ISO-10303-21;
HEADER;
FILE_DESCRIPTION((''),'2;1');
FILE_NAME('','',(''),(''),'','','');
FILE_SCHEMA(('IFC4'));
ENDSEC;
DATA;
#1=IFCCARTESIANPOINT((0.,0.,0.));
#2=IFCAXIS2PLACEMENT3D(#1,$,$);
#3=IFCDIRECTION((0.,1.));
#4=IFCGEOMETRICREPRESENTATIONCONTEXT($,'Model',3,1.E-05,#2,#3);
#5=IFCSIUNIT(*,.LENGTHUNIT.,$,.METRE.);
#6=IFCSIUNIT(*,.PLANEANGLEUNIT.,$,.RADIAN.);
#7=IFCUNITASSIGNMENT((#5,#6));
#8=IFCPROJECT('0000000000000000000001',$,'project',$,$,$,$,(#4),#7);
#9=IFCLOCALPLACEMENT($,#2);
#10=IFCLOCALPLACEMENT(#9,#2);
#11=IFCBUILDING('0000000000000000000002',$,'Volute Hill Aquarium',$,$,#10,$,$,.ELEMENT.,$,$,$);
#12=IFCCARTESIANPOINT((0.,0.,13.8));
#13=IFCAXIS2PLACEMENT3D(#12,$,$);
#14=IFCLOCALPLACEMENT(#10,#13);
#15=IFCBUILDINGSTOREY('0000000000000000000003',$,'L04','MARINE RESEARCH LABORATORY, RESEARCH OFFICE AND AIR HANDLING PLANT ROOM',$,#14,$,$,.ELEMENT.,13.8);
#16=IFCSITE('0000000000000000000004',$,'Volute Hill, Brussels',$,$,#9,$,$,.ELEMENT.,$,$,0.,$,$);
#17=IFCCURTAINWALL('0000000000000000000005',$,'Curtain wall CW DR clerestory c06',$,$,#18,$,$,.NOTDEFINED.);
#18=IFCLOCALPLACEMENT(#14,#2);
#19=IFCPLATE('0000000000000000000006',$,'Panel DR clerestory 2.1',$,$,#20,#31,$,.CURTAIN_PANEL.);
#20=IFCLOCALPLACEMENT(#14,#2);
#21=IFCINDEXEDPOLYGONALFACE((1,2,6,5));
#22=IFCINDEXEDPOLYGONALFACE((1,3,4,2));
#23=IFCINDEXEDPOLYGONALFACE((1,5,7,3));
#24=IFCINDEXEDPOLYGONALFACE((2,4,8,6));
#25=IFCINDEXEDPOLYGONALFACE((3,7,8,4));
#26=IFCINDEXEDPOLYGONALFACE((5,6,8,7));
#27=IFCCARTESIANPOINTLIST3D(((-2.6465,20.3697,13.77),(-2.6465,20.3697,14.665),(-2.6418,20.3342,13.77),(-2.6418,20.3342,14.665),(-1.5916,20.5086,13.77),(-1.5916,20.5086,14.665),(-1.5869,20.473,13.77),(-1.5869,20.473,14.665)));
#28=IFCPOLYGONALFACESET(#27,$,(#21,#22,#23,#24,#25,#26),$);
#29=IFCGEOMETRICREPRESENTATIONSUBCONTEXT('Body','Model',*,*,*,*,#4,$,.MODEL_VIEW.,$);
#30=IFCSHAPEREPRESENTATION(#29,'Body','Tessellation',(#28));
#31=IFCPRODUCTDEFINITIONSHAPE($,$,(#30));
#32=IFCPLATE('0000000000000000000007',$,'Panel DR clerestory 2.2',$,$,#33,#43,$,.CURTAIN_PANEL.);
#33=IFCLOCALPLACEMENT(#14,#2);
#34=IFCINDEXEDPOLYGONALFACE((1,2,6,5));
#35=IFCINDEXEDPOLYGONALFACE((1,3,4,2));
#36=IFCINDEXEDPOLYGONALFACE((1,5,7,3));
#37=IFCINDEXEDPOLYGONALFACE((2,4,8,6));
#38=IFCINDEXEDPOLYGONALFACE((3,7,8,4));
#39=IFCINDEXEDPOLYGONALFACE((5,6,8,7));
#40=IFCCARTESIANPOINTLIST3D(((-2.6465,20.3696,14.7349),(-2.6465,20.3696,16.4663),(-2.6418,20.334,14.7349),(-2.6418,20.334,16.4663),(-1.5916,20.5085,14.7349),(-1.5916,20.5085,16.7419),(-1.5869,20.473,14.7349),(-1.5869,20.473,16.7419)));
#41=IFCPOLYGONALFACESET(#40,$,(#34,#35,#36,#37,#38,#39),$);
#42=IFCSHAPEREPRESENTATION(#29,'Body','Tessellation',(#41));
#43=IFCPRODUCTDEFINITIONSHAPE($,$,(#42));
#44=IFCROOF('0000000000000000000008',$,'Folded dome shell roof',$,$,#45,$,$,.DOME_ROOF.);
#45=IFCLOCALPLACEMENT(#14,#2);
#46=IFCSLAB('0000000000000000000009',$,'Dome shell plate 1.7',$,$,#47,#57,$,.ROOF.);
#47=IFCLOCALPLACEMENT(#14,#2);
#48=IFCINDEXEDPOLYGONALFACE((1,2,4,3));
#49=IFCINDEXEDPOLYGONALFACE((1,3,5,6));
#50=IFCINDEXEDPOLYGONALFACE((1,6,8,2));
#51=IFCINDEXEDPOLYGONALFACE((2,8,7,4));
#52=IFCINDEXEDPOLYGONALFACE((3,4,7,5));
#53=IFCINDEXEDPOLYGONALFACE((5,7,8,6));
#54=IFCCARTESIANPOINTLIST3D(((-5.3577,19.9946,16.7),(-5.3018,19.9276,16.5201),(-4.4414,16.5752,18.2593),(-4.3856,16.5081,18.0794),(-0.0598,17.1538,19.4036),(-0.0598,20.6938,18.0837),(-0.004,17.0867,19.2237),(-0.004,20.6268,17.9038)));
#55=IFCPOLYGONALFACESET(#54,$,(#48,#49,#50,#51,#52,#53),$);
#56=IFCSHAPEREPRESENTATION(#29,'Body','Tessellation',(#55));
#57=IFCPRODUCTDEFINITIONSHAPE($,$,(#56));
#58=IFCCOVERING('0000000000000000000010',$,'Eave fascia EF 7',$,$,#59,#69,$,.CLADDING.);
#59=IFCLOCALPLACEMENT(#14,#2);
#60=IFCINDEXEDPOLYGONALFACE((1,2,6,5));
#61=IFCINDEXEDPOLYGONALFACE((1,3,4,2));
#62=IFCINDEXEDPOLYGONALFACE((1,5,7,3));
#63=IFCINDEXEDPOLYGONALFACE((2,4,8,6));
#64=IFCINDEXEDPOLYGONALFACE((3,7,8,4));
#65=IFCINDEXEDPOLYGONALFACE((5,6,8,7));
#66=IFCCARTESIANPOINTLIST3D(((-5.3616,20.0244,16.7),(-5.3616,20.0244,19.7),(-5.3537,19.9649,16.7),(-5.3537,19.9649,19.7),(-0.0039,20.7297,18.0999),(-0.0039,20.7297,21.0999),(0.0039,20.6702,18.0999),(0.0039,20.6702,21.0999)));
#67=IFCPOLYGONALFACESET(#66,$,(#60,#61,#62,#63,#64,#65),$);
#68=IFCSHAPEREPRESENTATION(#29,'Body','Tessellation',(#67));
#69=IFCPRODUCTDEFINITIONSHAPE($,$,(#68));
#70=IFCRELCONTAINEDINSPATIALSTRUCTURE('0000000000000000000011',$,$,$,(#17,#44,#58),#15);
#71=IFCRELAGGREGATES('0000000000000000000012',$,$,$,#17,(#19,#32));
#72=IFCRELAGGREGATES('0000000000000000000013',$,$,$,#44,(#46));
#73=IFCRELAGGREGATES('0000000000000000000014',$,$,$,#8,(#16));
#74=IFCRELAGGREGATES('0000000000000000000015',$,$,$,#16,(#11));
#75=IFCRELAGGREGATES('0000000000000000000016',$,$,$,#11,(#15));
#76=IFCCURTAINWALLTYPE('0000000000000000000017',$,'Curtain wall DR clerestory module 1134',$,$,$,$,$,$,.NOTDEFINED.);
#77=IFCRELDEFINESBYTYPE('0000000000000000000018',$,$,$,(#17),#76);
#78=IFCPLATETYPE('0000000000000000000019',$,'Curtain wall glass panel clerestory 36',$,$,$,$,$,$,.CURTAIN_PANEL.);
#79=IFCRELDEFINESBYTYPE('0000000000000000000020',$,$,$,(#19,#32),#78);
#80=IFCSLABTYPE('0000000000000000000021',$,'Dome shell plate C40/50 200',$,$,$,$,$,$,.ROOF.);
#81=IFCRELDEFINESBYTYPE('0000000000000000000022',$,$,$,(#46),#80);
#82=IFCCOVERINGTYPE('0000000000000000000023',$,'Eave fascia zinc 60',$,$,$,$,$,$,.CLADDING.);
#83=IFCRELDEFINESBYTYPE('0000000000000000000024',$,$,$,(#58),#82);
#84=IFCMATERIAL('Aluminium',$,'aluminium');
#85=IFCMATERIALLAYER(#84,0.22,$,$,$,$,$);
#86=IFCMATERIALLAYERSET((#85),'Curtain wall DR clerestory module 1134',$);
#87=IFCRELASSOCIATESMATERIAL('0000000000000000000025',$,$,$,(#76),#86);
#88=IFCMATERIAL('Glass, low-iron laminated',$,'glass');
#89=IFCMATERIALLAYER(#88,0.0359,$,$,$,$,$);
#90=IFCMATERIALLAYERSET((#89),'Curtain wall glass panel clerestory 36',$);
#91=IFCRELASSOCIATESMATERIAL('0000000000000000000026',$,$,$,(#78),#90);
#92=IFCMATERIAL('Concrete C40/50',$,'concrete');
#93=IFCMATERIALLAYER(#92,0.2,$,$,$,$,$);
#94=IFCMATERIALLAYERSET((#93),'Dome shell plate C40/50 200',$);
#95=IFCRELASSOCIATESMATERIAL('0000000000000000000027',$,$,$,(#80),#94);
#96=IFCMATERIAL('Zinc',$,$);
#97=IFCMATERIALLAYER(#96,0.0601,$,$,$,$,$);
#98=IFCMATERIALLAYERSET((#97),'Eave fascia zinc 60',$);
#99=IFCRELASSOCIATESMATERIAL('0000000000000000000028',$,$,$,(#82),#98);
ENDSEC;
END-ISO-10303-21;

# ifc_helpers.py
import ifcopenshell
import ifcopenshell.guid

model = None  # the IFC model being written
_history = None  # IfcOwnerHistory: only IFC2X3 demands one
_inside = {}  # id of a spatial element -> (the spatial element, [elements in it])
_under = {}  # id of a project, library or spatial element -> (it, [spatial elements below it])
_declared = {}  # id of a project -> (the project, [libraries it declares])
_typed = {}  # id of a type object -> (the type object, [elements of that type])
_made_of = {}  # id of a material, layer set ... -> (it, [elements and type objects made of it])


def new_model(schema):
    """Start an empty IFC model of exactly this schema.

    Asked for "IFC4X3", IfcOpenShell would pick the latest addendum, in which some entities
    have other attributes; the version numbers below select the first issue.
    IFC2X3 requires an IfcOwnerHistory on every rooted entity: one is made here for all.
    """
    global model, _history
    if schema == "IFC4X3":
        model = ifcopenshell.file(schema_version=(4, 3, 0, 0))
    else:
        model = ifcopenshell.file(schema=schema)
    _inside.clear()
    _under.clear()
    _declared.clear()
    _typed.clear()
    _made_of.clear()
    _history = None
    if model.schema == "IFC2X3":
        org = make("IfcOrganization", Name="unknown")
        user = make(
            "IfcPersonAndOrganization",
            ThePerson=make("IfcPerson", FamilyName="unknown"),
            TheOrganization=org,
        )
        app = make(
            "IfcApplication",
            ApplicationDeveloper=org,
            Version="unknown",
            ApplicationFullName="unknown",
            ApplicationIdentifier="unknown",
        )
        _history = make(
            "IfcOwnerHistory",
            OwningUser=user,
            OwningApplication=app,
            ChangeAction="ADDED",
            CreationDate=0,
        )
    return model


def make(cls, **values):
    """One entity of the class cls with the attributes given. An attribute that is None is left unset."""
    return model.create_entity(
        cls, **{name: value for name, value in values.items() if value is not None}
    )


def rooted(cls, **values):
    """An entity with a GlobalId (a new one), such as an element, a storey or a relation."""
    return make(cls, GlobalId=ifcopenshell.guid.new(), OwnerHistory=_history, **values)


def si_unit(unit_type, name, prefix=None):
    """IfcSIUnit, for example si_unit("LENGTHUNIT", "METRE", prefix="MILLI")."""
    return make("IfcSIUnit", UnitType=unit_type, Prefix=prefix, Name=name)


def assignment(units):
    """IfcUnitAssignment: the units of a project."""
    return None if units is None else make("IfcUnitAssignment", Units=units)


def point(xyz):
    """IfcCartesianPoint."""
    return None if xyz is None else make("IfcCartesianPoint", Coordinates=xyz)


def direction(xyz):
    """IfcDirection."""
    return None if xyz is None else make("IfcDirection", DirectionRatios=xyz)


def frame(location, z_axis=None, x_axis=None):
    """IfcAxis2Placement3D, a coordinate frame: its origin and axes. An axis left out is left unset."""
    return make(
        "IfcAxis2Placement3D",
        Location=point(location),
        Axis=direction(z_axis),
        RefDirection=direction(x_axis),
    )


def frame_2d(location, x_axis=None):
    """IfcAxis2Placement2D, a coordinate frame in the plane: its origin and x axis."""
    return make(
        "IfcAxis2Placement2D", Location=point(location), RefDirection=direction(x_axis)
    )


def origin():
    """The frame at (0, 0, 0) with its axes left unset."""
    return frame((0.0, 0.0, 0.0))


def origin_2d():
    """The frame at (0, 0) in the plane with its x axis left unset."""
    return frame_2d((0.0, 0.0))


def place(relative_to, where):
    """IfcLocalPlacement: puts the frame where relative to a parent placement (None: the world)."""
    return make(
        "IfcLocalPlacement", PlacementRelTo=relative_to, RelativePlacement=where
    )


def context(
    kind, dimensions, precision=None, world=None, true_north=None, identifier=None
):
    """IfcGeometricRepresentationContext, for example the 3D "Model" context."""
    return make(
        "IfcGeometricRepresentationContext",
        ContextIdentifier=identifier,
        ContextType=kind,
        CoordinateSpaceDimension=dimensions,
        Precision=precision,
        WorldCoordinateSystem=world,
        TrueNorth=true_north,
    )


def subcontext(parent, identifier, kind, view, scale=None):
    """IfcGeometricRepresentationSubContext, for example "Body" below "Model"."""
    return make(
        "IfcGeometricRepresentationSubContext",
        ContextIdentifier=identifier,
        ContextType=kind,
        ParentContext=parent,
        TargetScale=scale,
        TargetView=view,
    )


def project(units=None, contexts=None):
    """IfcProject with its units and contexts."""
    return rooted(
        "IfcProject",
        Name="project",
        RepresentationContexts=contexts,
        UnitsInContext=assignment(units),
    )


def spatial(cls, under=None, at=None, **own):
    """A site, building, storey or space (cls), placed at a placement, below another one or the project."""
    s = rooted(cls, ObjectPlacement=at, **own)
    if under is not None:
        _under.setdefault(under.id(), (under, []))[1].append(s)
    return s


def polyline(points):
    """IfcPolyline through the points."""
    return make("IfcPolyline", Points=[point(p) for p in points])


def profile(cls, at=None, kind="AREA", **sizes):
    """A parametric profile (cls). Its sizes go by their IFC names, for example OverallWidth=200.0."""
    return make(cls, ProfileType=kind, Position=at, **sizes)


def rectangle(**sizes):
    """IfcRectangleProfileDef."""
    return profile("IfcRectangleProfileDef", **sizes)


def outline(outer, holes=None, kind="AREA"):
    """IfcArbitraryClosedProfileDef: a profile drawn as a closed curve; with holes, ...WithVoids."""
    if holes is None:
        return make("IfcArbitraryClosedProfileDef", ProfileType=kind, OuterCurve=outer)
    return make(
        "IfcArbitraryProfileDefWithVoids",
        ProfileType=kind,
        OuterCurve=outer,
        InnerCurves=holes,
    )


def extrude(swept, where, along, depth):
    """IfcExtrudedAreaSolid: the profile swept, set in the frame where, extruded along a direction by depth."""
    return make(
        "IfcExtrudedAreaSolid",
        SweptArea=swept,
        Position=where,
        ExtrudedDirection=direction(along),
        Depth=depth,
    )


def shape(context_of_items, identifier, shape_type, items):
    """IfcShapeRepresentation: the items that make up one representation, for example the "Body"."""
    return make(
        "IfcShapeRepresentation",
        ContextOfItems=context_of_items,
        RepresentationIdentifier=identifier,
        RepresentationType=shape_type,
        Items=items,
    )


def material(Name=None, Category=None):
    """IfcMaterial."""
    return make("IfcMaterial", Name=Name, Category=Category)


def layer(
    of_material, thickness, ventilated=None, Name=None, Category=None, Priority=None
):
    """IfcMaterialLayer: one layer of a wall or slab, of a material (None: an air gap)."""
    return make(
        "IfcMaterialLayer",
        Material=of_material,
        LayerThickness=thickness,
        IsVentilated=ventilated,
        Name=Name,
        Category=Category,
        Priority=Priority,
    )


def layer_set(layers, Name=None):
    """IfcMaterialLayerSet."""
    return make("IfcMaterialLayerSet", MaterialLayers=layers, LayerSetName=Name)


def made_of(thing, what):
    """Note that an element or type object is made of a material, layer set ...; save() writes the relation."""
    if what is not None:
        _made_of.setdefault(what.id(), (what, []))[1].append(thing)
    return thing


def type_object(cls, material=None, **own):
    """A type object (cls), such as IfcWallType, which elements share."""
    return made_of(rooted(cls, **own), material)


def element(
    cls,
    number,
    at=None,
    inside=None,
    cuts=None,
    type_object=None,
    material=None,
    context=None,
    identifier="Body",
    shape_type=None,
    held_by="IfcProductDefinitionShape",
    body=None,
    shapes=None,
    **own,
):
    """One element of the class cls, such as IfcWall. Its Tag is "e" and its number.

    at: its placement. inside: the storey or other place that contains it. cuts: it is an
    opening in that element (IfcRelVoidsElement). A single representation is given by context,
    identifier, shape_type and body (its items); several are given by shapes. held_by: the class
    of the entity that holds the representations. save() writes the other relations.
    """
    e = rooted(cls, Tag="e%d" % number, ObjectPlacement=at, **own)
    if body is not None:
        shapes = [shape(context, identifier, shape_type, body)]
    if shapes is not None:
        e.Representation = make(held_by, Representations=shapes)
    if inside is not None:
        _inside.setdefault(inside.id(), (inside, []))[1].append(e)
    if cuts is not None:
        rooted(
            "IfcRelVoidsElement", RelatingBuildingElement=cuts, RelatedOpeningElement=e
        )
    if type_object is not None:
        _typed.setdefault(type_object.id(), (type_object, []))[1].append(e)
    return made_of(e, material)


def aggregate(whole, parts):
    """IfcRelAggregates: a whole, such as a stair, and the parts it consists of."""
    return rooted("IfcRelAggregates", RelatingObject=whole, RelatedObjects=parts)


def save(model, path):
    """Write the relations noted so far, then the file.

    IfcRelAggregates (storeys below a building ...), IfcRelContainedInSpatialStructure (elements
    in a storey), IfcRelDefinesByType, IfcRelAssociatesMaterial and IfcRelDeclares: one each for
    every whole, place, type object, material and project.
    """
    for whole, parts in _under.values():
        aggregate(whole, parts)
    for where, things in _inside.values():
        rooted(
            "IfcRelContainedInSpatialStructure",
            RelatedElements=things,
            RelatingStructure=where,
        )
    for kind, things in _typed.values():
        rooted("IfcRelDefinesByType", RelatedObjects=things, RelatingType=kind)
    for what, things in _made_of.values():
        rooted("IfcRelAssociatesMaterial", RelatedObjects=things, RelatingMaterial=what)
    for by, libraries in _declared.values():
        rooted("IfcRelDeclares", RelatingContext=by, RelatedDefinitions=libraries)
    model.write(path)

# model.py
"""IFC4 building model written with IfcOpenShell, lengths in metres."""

from ifc_helpers import new_model, si_unit, direction, frame, origin, origin_2d, place, context, subcontext, project, spatial, polyline, rectangle, outline, extrude, material, layer, layer_set, type_object, element, aggregate, save


model = new_model("IFC4")

# Units and contexts
model_context = context("Model", 3, precision=1e-05, world=origin(), true_north=direction((0.0, 1.0)))
body_context = subcontext(model_context, "Body", "Model", "MODEL_VIEW")
ifc_project = project(units=[si_unit("LENGTHUNIT", "METRE"), si_unit("PLANEANGLEUNIT", "RADIAN")], contexts=[model_context])

# Site, building, storey
site_placement = place(None, origin())
site = spatial("IfcSite", under=ifc_project, at=site_placement, Name="Volute Hill, Brussels", CompositionType="ELEMENT", RefElevation=0.0)
building_placement = place(site_placement, origin())
building = spatial("IfcBuilding", under=site, at=building_placement, Name="Volute Hill Aquarium", CompositionType="ELEMENT")
storey_placement = place(building_placement, frame((0.0, 0.0, 13.8)))
storey = spatial("IfcBuildingStorey", under=building, at=storey_placement, Name="L04", Description="MARINE RESEARCH LABORATORY, RESEARCH OFFICE AND AIR HANDLING PLANT ROOM", CompositionType="ELEMENT", Elevation=13.8)

# Curtain wall
ifc_material_1 = material(Name="Aluminium", Category="aluminium")
ifc_layer_1 = layer(ifc_material_1, 0.22)
ifc_layer_set_1 = layer_set([ifc_layer_1], Name="Curtain wall DR clerestory module 1134")
curtain_wall_type = type_object("IfcCurtainWallType", Name="Curtain wall DR clerestory module 1134", PredefinedType="NOTDEFINED", material=ifc_layer_set_1)
curtain_wall_1_placement = place(storey_placement, origin())
curtain_wall_1 = element("IfcCurtainWall", 1, at=curtain_wall_1_placement, inside=storey, type_object=curtain_wall_type, Name="Curtain wall CW DR clerestory c06", PredefinedType="NOTDEFINED")

# Plates
ifc_material_2 = material(Name="Glass, low-iron laminated", Category="glass")
ifc_layer_2 = layer(ifc_material_2, 0.0359)
ifc_layer_set_2 = layer_set([ifc_layer_2], Name="Curtain wall glass panel clerestory 36")
plate_type = type_object("IfcPlateType", Name="Curtain wall glass panel clerestory 36", PredefinedType="CURTAIN_PANEL", material=ifc_layer_set_2)
plate_1_placement = place(storey_placement, frame((-2.1167, 20.4214, 13.77), z_axis=(0.0, 0.0, 1.0), x_axis=(-0.991446, -0.130519, 0.0)))
plate_1 = element("IfcPlate", 2, at=plate_1_placement, type_object=plate_type, Name="Panel DR clerestory 2.1", PredefinedType="CURTAIN_PANEL", context=body_context, shape_type="SweptSolid", body=[
    extrude(rectangle(XDim=1.064, YDim=0.0359, at=origin_2d()), origin(), (0.0, 0.0, 1.0), 0.895),
])
plate_2_placement = place(storey_placement, frame((-1.5916, 20.5085, 14.7349), z_axis=(-0.130555, 0.991441, 0.0), x_axis=(-0.991441, -0.130555, 0.0)))
plate_2 = element("IfcPlate", 3, at=plate_2_placement, type_object=plate_type, Name="Panel DR clerestory 2.2", PredefinedType="CURTAIN_PANEL", context=body_context, shape_type="SweptSolid", body=[
    extrude(outline(polyline([(0.0, 0.0), (1.064, 0.0), (1.064, 1.7314), (0.0, 2.0071), (0.0, 0.0)])), origin(), (0.0, 0.0, -1.0), 0.0359),
])
aggregate(curtain_wall_1, [plate_1, plate_2])

# Roof, slab
roof_placement = place(storey_placement, origin())
roof = element("IfcRoof", 4, at=roof_placement, inside=storey, Name="Folded dome shell roof", PredefinedType="DOME_ROOF")
ifc_material_3 = material(Name="Concrete C40/50", Category="concrete")
ifc_layer_3 = layer(ifc_material_3, 0.2)
ifc_layer_set_3 = layer_set([ifc_layer_3], Name="Dome shell plate C40/50 200")
slab_type = type_object("IfcSlabType", Name="Dome shell plate C40/50 200", PredefinedType="ROOF", material=ifc_layer_set_3)
slab_placement = place(storey_placement, frame((-0.0598, 20.6938, 18.0837), z_axis=(-0.279271, 0.335446, 0.899713), x_axis=(-0.959747, -0.126667, -0.250679)))
slab = element("IfcSlab", 5, at=slab_placement, type_object=slab_type, Name="Dome shell plate 1.7", PredefinedType="ROOF", context=body_context, shape_type="SweptSolid", body=[
    extrude(outline(polyline([(0.0, 0.0), (5.5201, 0.0), (4.6829, 3.7766), (0.1176, 3.7762), (0.0, 0.0)])), origin(), (0.0, 0.0, -1.0), 0.2),
])
aggregate(roof, [slab])

# Covering
ifc_material_4 = material(Name="Zinc")
ifc_layer_4 = layer(ifc_material_4, 0.0601)
ifc_layer_set_4 = layer_set([ifc_layer_4], Name="Eave fascia zinc 60")
covering_type = type_object("IfcCoveringType", Name="Eave fascia zinc 60", PredefinedType="CLADDING", material=ifc_layer_set_4)
covering_placement = place(storey_placement, frame((-0.0039, 20.7297, 18.0999), z_axis=(-0.130521, 0.991446, 0.0), x_axis=(-0.959764, -0.12635, -0.250776)))
element("IfcCovering", 6, at=covering_placement, inside=storey, type_object=covering_type, Name="Eave fascia EF 7", PredefinedType="CLADDING", context=body_context, shape_type="SweptSolid", body=[
    extrude(outline(polyline([(0.0, 0.0), (5.5823, 0.0), (4.8299, 2.9041), (-0.7523, 2.9041), (0.0, 0.0)])), origin(), (0.0, 0.0, -1.0), 0.0601),
])

save(model, "model.ifc")
